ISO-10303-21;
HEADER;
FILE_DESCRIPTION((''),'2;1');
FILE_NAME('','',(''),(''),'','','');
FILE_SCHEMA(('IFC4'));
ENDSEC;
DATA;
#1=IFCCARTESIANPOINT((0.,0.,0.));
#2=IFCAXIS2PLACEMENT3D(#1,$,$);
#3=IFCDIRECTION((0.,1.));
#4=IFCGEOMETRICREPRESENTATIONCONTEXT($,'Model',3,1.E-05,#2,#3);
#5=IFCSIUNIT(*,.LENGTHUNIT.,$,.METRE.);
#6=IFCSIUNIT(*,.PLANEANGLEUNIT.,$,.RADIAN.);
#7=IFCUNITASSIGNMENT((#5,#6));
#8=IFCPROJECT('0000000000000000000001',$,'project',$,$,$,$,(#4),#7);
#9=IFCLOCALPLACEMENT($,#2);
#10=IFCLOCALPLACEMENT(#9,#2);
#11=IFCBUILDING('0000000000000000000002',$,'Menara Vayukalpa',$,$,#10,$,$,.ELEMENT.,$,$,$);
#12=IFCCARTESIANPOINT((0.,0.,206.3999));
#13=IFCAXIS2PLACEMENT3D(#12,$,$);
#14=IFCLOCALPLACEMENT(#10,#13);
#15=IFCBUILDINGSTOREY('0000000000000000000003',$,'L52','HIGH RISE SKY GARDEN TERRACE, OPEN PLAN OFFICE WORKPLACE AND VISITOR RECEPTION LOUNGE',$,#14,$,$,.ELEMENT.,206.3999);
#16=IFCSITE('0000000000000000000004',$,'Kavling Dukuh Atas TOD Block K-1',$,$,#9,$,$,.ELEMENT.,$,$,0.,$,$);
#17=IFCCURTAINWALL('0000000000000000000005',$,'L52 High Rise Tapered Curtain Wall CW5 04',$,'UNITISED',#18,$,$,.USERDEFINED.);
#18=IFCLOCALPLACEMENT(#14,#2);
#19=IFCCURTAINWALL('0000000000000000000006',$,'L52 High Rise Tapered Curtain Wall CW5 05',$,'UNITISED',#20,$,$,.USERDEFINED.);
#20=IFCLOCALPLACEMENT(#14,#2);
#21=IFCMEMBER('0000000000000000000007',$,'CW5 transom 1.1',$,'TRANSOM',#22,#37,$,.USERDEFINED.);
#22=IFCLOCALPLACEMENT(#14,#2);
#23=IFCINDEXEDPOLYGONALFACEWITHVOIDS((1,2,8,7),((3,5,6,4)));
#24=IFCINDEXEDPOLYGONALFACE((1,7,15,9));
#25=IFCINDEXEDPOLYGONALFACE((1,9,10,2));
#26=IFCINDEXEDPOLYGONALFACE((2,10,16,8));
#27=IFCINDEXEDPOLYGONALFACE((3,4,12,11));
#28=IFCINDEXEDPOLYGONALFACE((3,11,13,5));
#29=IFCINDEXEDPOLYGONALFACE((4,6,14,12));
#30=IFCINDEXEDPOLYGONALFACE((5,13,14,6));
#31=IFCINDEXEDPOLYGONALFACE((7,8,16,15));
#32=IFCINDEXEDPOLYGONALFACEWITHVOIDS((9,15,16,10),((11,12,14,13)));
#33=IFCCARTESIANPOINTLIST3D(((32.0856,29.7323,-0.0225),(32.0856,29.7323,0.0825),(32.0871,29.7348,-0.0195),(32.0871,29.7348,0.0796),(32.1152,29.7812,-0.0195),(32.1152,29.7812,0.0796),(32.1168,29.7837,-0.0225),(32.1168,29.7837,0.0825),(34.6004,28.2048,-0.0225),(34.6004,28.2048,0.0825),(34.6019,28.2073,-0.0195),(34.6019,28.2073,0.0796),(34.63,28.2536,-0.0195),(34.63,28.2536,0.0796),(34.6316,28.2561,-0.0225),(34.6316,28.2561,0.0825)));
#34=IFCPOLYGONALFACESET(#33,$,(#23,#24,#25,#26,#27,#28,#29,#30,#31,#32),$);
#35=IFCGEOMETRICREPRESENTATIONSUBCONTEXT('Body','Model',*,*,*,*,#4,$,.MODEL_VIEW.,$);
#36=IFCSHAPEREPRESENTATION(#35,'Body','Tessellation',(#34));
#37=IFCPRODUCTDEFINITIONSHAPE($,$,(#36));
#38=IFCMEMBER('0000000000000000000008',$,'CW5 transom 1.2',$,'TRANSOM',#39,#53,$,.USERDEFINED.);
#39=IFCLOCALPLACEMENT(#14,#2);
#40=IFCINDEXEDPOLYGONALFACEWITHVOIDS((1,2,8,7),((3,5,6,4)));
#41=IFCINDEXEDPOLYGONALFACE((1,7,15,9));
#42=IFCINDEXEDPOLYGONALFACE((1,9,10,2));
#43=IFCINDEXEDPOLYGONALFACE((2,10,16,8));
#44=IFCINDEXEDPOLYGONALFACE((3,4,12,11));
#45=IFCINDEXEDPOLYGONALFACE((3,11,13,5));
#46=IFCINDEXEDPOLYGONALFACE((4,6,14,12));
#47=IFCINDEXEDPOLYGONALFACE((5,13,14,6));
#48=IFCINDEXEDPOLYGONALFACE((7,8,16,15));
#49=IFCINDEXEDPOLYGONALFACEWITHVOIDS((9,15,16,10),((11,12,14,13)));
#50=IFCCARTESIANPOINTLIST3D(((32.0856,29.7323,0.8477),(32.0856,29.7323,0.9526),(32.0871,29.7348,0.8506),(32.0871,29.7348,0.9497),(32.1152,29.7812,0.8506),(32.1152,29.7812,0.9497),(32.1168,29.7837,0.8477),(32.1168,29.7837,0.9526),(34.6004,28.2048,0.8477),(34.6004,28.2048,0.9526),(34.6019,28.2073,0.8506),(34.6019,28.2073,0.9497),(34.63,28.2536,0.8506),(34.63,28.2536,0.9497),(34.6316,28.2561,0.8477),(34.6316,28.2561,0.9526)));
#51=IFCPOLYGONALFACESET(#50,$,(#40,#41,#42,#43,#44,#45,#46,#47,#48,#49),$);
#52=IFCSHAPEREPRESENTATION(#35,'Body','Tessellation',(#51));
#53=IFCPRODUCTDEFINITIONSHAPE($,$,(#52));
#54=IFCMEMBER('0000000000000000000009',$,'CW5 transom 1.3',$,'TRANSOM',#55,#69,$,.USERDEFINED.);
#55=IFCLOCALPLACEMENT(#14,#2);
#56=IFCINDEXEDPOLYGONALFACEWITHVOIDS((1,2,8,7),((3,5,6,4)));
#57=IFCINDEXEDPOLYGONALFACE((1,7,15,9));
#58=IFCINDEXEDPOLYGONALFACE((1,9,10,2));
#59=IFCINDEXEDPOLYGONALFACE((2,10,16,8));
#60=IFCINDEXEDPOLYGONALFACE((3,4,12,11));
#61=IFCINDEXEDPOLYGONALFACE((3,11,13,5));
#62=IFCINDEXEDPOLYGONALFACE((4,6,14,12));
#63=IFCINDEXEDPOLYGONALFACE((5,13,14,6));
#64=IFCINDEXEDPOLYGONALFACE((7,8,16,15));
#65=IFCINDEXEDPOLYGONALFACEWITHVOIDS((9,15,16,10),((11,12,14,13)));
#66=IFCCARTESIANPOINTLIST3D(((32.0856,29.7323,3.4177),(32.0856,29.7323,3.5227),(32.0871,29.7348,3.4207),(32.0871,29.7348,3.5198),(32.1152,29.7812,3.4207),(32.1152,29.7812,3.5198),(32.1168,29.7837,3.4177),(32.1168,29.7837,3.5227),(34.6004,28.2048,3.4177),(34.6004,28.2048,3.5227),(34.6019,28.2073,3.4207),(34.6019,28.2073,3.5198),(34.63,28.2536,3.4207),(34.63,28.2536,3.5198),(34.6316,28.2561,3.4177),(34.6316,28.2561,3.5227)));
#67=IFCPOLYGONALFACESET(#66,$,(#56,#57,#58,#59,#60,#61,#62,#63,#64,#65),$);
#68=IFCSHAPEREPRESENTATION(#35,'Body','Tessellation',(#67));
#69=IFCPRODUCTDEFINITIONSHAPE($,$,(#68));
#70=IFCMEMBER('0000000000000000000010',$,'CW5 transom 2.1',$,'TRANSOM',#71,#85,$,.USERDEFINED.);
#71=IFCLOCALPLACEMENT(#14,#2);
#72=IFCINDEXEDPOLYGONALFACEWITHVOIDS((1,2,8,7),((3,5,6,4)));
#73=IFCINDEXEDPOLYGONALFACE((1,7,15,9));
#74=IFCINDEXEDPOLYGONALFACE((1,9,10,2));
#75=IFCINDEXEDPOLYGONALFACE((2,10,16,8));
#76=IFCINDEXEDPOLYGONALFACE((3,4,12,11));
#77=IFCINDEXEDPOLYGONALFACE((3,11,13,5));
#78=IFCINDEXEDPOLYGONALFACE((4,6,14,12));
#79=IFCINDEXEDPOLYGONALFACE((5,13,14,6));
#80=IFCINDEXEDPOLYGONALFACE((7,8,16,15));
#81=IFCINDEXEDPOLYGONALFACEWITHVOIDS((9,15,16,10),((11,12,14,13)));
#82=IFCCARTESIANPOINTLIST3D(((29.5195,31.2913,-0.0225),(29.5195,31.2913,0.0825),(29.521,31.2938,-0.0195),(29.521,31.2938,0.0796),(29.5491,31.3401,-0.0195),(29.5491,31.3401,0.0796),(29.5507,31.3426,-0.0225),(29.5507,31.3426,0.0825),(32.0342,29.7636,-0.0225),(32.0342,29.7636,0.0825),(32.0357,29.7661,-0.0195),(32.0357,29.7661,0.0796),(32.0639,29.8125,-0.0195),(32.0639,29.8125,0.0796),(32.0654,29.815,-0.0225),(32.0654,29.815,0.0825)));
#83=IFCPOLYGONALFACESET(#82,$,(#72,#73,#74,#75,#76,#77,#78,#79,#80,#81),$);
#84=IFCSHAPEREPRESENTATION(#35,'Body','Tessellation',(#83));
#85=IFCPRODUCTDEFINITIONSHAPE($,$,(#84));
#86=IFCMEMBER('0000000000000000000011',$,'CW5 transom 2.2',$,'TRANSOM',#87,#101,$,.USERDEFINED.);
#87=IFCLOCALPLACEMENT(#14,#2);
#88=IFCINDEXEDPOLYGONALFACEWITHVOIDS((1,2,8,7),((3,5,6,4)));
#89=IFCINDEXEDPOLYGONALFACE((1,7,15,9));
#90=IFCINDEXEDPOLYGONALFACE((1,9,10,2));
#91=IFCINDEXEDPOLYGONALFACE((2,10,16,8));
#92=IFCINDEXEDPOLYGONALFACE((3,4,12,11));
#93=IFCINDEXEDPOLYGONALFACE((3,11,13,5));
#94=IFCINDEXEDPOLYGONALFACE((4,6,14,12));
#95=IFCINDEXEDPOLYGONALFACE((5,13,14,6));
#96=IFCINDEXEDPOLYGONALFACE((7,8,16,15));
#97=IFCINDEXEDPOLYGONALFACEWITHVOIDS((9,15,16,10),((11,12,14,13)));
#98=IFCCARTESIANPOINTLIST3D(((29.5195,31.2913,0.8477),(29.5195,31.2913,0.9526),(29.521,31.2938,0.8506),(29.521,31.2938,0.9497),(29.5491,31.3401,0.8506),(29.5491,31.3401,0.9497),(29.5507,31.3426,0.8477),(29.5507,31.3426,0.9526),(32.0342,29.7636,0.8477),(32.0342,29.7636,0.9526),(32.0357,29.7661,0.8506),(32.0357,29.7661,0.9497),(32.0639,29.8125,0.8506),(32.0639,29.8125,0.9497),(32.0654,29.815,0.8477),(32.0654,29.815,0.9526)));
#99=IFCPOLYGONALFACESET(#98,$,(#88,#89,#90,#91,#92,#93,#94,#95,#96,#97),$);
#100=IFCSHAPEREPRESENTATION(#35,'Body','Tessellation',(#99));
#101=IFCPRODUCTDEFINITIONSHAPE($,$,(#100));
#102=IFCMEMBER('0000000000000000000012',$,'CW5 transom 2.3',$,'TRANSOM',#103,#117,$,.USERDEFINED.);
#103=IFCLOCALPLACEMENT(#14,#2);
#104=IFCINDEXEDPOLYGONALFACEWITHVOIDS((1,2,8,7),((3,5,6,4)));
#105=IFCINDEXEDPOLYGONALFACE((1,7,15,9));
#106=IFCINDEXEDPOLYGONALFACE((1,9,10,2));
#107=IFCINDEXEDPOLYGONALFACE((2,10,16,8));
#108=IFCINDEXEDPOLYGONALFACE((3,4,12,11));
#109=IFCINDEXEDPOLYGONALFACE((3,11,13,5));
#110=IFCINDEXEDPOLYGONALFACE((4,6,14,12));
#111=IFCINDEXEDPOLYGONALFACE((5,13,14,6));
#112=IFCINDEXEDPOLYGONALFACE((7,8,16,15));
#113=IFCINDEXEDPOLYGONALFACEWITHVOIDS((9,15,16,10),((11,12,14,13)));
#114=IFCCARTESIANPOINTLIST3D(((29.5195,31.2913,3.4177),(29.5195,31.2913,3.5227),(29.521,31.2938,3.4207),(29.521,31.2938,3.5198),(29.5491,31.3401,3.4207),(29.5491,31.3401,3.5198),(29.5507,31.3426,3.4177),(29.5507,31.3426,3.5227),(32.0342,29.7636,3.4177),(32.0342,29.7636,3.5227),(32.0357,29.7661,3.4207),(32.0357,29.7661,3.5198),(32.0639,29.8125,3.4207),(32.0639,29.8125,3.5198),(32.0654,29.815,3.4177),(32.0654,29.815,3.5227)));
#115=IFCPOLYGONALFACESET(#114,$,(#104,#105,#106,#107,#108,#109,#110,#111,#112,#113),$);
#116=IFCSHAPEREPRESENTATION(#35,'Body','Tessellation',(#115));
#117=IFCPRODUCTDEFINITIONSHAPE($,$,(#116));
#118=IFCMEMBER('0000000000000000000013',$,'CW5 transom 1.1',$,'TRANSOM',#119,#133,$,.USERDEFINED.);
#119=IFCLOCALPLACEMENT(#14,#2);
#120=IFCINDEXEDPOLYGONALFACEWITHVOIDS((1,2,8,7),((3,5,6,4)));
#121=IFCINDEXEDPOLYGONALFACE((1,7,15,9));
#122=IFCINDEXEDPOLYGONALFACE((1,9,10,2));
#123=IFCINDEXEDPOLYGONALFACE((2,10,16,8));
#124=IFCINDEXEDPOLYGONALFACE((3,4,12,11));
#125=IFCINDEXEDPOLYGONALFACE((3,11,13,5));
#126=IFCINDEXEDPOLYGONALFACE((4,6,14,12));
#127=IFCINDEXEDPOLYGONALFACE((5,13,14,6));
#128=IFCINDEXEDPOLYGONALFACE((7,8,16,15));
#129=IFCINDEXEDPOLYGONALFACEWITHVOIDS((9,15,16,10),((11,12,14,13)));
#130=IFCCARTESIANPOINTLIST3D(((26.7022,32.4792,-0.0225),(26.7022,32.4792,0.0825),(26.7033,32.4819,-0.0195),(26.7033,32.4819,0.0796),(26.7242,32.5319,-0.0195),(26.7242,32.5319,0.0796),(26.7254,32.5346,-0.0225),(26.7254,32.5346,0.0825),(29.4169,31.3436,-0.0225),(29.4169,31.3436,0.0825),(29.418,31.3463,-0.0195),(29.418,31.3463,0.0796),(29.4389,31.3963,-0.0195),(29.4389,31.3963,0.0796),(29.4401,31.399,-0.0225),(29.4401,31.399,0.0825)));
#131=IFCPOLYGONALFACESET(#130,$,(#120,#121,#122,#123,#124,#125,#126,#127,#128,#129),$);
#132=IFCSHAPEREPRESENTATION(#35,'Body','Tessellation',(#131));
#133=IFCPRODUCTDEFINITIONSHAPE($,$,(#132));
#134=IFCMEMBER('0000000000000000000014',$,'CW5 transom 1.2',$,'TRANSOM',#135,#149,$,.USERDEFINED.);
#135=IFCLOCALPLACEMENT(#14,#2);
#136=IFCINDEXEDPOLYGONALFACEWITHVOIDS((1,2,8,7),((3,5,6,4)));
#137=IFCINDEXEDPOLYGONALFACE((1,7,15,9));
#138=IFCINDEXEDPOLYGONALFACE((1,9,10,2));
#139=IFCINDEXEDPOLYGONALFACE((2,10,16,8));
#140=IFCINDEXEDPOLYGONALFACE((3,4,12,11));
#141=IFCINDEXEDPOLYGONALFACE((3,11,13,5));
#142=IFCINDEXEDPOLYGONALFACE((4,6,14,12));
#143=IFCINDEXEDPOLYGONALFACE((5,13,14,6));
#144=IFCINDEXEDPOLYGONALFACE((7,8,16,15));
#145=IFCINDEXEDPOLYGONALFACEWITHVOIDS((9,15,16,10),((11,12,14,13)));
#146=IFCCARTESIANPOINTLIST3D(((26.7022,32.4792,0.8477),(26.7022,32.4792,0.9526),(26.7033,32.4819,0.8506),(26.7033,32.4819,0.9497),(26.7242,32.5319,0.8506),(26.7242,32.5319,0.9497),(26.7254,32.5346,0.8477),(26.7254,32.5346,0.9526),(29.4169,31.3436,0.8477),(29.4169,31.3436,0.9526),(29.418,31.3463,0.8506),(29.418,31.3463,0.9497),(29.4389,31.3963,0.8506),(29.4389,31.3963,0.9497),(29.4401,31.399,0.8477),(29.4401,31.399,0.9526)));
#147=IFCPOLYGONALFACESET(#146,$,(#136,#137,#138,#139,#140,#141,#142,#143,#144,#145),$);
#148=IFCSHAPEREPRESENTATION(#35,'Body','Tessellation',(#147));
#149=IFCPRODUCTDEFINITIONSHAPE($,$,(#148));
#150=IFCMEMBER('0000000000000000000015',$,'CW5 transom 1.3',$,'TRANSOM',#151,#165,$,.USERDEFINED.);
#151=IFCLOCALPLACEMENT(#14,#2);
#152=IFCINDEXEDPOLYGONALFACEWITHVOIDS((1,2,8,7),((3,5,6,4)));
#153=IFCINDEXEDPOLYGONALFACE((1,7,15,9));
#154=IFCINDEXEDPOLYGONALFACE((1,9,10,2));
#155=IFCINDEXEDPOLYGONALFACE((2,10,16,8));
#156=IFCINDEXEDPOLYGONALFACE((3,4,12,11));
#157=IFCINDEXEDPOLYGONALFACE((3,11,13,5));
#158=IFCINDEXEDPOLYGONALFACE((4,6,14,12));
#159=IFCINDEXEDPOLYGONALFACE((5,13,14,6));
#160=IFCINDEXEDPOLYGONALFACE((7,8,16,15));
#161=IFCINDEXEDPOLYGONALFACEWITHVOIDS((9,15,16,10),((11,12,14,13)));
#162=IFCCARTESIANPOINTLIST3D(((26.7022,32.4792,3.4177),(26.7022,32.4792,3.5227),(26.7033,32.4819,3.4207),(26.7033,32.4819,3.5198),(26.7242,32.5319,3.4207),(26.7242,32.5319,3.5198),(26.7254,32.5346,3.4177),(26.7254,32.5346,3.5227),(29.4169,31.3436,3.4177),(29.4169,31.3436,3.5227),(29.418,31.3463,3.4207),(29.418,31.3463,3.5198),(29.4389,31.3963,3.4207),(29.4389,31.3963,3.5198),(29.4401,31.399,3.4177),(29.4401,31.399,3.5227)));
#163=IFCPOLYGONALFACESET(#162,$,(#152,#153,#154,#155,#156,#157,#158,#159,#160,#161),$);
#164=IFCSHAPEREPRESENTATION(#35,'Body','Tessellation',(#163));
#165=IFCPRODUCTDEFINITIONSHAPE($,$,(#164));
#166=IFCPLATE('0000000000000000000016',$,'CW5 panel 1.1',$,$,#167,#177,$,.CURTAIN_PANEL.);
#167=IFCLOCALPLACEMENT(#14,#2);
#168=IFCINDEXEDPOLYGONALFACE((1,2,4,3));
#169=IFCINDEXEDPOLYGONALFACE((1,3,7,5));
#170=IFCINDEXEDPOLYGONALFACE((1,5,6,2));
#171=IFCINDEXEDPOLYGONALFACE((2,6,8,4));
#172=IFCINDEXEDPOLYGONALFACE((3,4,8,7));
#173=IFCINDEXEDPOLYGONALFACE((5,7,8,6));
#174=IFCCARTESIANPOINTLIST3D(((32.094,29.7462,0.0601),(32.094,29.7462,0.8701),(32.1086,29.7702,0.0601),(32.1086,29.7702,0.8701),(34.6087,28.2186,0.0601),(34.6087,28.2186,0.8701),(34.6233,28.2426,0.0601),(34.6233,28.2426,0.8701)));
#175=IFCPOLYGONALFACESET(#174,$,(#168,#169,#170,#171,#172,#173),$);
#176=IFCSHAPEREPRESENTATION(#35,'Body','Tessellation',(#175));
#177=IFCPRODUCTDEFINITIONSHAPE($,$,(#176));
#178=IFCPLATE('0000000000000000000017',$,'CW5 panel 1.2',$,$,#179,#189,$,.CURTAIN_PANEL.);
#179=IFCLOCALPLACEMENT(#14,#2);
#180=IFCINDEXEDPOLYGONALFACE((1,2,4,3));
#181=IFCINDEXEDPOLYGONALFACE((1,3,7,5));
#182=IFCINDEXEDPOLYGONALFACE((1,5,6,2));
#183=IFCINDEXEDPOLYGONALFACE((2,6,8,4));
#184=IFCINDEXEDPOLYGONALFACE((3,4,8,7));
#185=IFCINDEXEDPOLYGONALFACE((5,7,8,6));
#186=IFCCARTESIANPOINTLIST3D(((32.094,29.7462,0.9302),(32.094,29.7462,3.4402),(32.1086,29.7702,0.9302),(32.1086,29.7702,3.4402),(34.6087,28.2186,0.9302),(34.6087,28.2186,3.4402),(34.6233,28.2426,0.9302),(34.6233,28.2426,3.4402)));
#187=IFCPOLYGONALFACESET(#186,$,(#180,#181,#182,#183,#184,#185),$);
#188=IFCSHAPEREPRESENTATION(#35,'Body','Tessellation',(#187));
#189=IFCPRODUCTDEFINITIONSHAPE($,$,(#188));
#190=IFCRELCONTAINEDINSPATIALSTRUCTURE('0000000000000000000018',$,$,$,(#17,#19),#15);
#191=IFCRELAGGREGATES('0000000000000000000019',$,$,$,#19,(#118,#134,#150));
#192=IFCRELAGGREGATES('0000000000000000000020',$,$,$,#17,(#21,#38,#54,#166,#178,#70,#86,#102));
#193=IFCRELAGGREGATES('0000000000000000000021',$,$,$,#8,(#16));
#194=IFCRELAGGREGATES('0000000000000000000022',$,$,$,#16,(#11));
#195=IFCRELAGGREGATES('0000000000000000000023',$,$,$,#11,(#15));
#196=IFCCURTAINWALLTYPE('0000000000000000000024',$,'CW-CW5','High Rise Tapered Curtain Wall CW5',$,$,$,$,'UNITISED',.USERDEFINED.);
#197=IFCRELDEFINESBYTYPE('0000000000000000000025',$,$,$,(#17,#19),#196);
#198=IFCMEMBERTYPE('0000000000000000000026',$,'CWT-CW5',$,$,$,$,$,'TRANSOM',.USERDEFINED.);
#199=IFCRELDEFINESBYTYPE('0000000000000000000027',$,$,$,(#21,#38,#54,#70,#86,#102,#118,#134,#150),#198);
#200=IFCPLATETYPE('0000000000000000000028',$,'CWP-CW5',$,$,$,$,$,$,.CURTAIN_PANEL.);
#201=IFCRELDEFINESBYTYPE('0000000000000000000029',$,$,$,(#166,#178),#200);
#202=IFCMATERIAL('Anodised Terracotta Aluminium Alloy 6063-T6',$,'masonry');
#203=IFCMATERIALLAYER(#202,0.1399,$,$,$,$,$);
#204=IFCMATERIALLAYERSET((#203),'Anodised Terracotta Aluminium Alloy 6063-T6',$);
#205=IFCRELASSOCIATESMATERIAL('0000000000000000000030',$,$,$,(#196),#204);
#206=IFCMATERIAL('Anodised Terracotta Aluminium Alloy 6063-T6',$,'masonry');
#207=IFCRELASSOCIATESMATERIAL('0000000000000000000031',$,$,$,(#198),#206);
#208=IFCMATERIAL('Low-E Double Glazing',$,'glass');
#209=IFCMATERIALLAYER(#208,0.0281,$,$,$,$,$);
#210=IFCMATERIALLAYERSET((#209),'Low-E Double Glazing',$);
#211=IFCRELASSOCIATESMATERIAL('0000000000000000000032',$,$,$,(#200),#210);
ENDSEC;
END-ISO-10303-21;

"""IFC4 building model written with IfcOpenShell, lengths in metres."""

from ifc_helpers import new_model, si_unit, direction, frame, origin, origin_2d, place, context, subcontext, project, spatial, rectangle, hollow_rectangle, extrude, material, layer, layer_set, material_profile, profile_set, type_object, element, aggregate, save


model = new_model("IFC4")

# Units and contexts
model_context = context("Model", 3, precision=1e-05, world=origin(), true_north=direction((0.0, 1.0)))
body_context = subcontext(model_context, "Body", "Model", "MODEL_VIEW")
ifc_project = project(units=[si_unit("LENGTHUNIT", "METRE"), si_unit("PLANEANGLEUNIT", "RADIAN")], contexts=[model_context])

# Site, building, storey
site_placement = place(None, origin())
site = spatial("IfcSite", under=ifc_project, at=site_placement, Name="Kavling Dukuh Atas TOD Block K-1", CompositionType="ELEMENT", RefElevation=0.0)
building_placement = place(site_placement, origin())
building = spatial("IfcBuilding", under=site, at=building_placement, Name="Menara Vayukalpa", CompositionType="ELEMENT")
storey_placement = place(building_placement, frame((0.0, 0.0, 206.3999)))
storey = spatial("IfcBuildingStorey", under=building, at=storey_placement, Name="L52", Description="HIGH RISE SKY GARDEN TERRACE, OPEN PLAN OFFICE WORKPLACE AND VISITOR RECEPTION LOUNGE", CompositionType="ELEMENT", Elevation=206.3999)

# Curtain wall
ifc_material_1 = material(Name="Anodised Terracotta Aluminium Alloy 6063-T6", Category="masonry")
ifc_layer_1 = layer(ifc_material_1, 0.1399)
ifc_layer_set_1 = layer_set([ifc_layer_1], Name="Anodised Terracotta Aluminium Alloy 6063-T6")
curtain_wall_type = type_object("IfcCurtainWallType", Name="CW-CW5", Description="High Rise Tapered Curtain Wall CW5", ElementType="UNITISED", PredefinedType="USERDEFINED", material=ifc_layer_set_1)
curtain_wall_1_placement = place(storey_placement, origin())
curtain_wall_1 = element("IfcCurtainWall", 1, at=curtain_wall_1_placement, inside=storey, type_object=curtain_wall_type, Name="L52 High Rise Tapered Curtain Wall CW5 04", ObjectType="UNITISED", PredefinedType="USERDEFINED")

# Curtain wall
curtain_wall_2_placement = place(storey_placement, origin())
curtain_wall_2 = element("IfcCurtainWall", 2, at=curtain_wall_2_placement, inside=storey, type_object=curtain_wall_type, Name="L52 High Rise Tapered Curtain Wall CW5 05", ObjectType="UNITISED", PredefinedType="USERDEFINED")

# Members
ifc_material_2 = material(Name="Anodised Terracotta Aluminium Alloy 6063-T6", Category="masonry")
ifc_material_profile_1 = material_profile(ifc_material_2, hollow_rectangle(XDim=0.0601, YDim=0.105, WallThickness=0.0029, at=origin_2d()), Name="ALU 60x105x3")
ifc_profile_set_1 = profile_set([ifc_material_profile_1], Name="Anodised Terracotta Aluminium Alloy 6063-T6")
member_type_1 = type_object("IfcMemberType", Name="CWT-CW5", ElementType="TRANSOM", PredefinedType="USERDEFINED", material=ifc_profile_set_1)
member_1_placement = place(storey_placement, frame((34.616, 28.2305, 0.03), z_axis=(-0.854684, 0.519149, 0.0), x_axis=(-0.519149, -0.854684, 0.0)))
member_1 = element("IfcMember", 3, at=member_1_placement, type_object=member_type_1, Name="CW5 transom 1.1", ObjectType="TRANSOM", PredefinedType="USERDEFINED", context=body_context, shape_type="SweptSolid", body=[
    extrude(hollow_rectangle(XDim=0.0601, YDim=0.105, WallThickness=0.0029, at=origin_2d()), origin(), (0.0, 0.0, 1.0), 2.9424),
])
member_2_placement = place(storey_placement, frame((34.616, 28.2305, 0.9001), z_axis=(-0.854684, 0.519149, 0.0), x_axis=(-0.519149, -0.854684, 0.0)))
member_2 = element("IfcMember", 4, at=member_2_placement, type_object=member_type_1, Name="CW5 transom 1.2", ObjectType="TRANSOM", PredefinedType="USERDEFINED", context=body_context, shape_type="SweptSolid", body=[
    extrude(hollow_rectangle(XDim=0.0601, YDim=0.105, WallThickness=0.0029, at=origin_2d()), origin(), (0.0, 0.0, 1.0), 2.9424),
])
member_3_placement = place(storey_placement, frame((34.616, 28.2305, 3.4702), z_axis=(-0.854684, 0.519149, 0.0), x_axis=(-0.519149, -0.854684, 0.0)))
member_3 = element("IfcMember", 5, at=member_3_placement, type_object=member_type_1, Name="CW5 transom 1.3", ObjectType="TRANSOM", PredefinedType="USERDEFINED", context=body_context, shape_type="SweptSolid", body=[
    extrude(hollow_rectangle(XDim=0.0601, YDim=0.105, WallThickness=0.0029, at=origin_2d()), origin(), (0.0, 0.0, 1.0), 2.9424),
])
member_4_placement = place(storey_placement, frame((32.0498, 29.7893, 0.03), z_axis=(-0.854661, 0.519186, 0.0), x_axis=(-0.519186, -0.854661, 0.0)))
member_4 = element("IfcMember", 6, at=member_4_placement, type_object=member_type_1, Name="CW5 transom 2.1", ObjectType="TRANSOM", PredefinedType="USERDEFINED", context=body_context, shape_type="SweptSolid", body=[
    extrude(hollow_rectangle(XDim=0.0601, YDim=0.105, WallThickness=0.0029, at=origin_2d()), origin(), (0.0, 0.0, 1.0), 2.9424),
])
member_5_placement = place(storey_placement, frame((32.0498, 29.7893, 0.9001), z_axis=(-0.854661, 0.519186, 0.0), x_axis=(-0.519186, -0.854661, 0.0)))
member_5 = element("IfcMember", 7, at=member_5_placement, type_object=member_type_1, Name="CW5 transom 2.2", ObjectType="TRANSOM", PredefinedType="USERDEFINED", context=body_context, shape_type="SweptSolid", body=[
    extrude(hollow_rectangle(XDim=0.0601, YDim=0.105, WallThickness=0.0029, at=origin_2d()), origin(), (0.0, 0.0, 1.0), 2.9424),
])
member_6_placement = place(storey_placement, frame((32.0498, 29.7893, 3.4702), z_axis=(-0.854661, 0.519186, 0.0), x_axis=(-0.519186, -0.854661, 0.0)))
member_6 = element("IfcMember", 8, at=member_6_placement, type_object=member_type_1, Name="CW5 transom 2.3", ObjectType="TRANSOM", PredefinedType="USERDEFINED", context=body_context, shape_type="SweptSolid", body=[
    extrude(hollow_rectangle(XDim=0.0601, YDim=0.105, WallThickness=0.0029, at=origin_2d()), origin(), (0.0, 0.0, 1.0), 2.9424),
])
member_7_placement = place(storey_placement, frame((29.4285, 31.3713, 0.03), z_axis=(-0.922543, 0.385893, 0.0), x_axis=(-0.385893, -0.922543, 0.0)))
member_7 = element("IfcMember", 9, at=member_7_placement, type_object=member_type_1, Name="CW5 transom 1.1", ObjectType="TRANSOM", PredefinedType="USERDEFINED", context=body_context, shape_type="SweptSolid", body=[
    extrude(hollow_rectangle(XDim=0.0601, YDim=0.105, WallThickness=0.0029, at=origin_2d()), origin(), (0.0, 0.0, 1.0), 2.9426),
])
member_8_placement = place(storey_placement, frame((29.4285, 31.3713, 0.9001), z_axis=(-0.922543, 0.385893, 0.0), x_axis=(-0.385893, -0.922543, 0.0)))
member_8 = element("IfcMember", 10, at=member_8_placement, type_object=member_type_1, Name="CW5 transom 1.2", ObjectType="TRANSOM", PredefinedType="USERDEFINED", context=body_context, shape_type="SweptSolid", body=[
    extrude(hollow_rectangle(XDim=0.0601, YDim=0.105, WallThickness=0.0029, at=origin_2d()), origin(), (0.0, 0.0, 1.0), 2.9426),
])
member_9_placement = place(storey_placement, frame((29.4285, 31.3713, 3.4702), z_axis=(-0.922543, 0.385893, 0.0), x_axis=(-0.385893, -0.922543, 0.0)))
member_9 = element("IfcMember", 11, at=member_9_placement, type_object=member_type_1, Name="CW5 transom 1.3", ObjectType="TRANSOM", PredefinedType="USERDEFINED", context=body_context, shape_type="SweptSolid", body=[
    extrude(hollow_rectangle(XDim=0.0601, YDim=0.105, WallThickness=0.0029, at=origin_2d()), origin(), (0.0, 0.0, 1.0), 2.9426),
])
aggregate(curtain_wall_2, [member_7, member_8, member_9])

# Plates
ifc_material_3 = material(Name="Low-E Double Glazing", Category="glass")
ifc_layer_2 = layer(ifc_material_3, 0.0281)
ifc_layer_set_2 = layer_set([ifc_layer_2], Name="Low-E Double Glazing")
plate_type = type_object("IfcPlateType", Name="CWP-CW5", PredefinedType="CURTAIN_PANEL", material=ifc_layer_set_2)
plate_1_placement = place(storey_placement, frame((33.3586, 28.9944, 0.0601), z_axis=(0.0, 0.0, 1.0), x_axis=(-0.854665, 0.51918, 0.0)))
plate_1 = element("IfcPlate", 12, at=plate_1_placement, type_object=plate_type, Name="CW5 panel 1.1", PredefinedType="CURTAIN_PANEL", context=body_context, shape_type="SweptSolid", body=[
    extrude(rectangle(XDim=2.9424, YDim=0.0281, at=origin_2d()), origin(), (0.0, 0.0, 1.0), 0.8101),
])
plate_2_placement = place(storey_placement, frame((33.3586, 28.9944, 0.9302), z_axis=(0.0, 0.0, 1.0), x_axis=(-0.854665, 0.51918, 0.0)))
plate_2 = element("IfcPlate", 13, at=plate_2_placement, type_object=plate_type, Name="CW5 panel 1.2", PredefinedType="CURTAIN_PANEL", context=body_context, shape_type="SweptSolid", body=[
    extrude(rectangle(XDim=2.9424, YDim=0.0281, at=origin_2d()), origin(), (0.0, 0.0, 1.0), 2.51),
])
aggregate(curtain_wall_1, [member_1, member_2, member_3, plate_1, plate_2, member_4, member_5, member_6])

save(model, "model.ifc")
